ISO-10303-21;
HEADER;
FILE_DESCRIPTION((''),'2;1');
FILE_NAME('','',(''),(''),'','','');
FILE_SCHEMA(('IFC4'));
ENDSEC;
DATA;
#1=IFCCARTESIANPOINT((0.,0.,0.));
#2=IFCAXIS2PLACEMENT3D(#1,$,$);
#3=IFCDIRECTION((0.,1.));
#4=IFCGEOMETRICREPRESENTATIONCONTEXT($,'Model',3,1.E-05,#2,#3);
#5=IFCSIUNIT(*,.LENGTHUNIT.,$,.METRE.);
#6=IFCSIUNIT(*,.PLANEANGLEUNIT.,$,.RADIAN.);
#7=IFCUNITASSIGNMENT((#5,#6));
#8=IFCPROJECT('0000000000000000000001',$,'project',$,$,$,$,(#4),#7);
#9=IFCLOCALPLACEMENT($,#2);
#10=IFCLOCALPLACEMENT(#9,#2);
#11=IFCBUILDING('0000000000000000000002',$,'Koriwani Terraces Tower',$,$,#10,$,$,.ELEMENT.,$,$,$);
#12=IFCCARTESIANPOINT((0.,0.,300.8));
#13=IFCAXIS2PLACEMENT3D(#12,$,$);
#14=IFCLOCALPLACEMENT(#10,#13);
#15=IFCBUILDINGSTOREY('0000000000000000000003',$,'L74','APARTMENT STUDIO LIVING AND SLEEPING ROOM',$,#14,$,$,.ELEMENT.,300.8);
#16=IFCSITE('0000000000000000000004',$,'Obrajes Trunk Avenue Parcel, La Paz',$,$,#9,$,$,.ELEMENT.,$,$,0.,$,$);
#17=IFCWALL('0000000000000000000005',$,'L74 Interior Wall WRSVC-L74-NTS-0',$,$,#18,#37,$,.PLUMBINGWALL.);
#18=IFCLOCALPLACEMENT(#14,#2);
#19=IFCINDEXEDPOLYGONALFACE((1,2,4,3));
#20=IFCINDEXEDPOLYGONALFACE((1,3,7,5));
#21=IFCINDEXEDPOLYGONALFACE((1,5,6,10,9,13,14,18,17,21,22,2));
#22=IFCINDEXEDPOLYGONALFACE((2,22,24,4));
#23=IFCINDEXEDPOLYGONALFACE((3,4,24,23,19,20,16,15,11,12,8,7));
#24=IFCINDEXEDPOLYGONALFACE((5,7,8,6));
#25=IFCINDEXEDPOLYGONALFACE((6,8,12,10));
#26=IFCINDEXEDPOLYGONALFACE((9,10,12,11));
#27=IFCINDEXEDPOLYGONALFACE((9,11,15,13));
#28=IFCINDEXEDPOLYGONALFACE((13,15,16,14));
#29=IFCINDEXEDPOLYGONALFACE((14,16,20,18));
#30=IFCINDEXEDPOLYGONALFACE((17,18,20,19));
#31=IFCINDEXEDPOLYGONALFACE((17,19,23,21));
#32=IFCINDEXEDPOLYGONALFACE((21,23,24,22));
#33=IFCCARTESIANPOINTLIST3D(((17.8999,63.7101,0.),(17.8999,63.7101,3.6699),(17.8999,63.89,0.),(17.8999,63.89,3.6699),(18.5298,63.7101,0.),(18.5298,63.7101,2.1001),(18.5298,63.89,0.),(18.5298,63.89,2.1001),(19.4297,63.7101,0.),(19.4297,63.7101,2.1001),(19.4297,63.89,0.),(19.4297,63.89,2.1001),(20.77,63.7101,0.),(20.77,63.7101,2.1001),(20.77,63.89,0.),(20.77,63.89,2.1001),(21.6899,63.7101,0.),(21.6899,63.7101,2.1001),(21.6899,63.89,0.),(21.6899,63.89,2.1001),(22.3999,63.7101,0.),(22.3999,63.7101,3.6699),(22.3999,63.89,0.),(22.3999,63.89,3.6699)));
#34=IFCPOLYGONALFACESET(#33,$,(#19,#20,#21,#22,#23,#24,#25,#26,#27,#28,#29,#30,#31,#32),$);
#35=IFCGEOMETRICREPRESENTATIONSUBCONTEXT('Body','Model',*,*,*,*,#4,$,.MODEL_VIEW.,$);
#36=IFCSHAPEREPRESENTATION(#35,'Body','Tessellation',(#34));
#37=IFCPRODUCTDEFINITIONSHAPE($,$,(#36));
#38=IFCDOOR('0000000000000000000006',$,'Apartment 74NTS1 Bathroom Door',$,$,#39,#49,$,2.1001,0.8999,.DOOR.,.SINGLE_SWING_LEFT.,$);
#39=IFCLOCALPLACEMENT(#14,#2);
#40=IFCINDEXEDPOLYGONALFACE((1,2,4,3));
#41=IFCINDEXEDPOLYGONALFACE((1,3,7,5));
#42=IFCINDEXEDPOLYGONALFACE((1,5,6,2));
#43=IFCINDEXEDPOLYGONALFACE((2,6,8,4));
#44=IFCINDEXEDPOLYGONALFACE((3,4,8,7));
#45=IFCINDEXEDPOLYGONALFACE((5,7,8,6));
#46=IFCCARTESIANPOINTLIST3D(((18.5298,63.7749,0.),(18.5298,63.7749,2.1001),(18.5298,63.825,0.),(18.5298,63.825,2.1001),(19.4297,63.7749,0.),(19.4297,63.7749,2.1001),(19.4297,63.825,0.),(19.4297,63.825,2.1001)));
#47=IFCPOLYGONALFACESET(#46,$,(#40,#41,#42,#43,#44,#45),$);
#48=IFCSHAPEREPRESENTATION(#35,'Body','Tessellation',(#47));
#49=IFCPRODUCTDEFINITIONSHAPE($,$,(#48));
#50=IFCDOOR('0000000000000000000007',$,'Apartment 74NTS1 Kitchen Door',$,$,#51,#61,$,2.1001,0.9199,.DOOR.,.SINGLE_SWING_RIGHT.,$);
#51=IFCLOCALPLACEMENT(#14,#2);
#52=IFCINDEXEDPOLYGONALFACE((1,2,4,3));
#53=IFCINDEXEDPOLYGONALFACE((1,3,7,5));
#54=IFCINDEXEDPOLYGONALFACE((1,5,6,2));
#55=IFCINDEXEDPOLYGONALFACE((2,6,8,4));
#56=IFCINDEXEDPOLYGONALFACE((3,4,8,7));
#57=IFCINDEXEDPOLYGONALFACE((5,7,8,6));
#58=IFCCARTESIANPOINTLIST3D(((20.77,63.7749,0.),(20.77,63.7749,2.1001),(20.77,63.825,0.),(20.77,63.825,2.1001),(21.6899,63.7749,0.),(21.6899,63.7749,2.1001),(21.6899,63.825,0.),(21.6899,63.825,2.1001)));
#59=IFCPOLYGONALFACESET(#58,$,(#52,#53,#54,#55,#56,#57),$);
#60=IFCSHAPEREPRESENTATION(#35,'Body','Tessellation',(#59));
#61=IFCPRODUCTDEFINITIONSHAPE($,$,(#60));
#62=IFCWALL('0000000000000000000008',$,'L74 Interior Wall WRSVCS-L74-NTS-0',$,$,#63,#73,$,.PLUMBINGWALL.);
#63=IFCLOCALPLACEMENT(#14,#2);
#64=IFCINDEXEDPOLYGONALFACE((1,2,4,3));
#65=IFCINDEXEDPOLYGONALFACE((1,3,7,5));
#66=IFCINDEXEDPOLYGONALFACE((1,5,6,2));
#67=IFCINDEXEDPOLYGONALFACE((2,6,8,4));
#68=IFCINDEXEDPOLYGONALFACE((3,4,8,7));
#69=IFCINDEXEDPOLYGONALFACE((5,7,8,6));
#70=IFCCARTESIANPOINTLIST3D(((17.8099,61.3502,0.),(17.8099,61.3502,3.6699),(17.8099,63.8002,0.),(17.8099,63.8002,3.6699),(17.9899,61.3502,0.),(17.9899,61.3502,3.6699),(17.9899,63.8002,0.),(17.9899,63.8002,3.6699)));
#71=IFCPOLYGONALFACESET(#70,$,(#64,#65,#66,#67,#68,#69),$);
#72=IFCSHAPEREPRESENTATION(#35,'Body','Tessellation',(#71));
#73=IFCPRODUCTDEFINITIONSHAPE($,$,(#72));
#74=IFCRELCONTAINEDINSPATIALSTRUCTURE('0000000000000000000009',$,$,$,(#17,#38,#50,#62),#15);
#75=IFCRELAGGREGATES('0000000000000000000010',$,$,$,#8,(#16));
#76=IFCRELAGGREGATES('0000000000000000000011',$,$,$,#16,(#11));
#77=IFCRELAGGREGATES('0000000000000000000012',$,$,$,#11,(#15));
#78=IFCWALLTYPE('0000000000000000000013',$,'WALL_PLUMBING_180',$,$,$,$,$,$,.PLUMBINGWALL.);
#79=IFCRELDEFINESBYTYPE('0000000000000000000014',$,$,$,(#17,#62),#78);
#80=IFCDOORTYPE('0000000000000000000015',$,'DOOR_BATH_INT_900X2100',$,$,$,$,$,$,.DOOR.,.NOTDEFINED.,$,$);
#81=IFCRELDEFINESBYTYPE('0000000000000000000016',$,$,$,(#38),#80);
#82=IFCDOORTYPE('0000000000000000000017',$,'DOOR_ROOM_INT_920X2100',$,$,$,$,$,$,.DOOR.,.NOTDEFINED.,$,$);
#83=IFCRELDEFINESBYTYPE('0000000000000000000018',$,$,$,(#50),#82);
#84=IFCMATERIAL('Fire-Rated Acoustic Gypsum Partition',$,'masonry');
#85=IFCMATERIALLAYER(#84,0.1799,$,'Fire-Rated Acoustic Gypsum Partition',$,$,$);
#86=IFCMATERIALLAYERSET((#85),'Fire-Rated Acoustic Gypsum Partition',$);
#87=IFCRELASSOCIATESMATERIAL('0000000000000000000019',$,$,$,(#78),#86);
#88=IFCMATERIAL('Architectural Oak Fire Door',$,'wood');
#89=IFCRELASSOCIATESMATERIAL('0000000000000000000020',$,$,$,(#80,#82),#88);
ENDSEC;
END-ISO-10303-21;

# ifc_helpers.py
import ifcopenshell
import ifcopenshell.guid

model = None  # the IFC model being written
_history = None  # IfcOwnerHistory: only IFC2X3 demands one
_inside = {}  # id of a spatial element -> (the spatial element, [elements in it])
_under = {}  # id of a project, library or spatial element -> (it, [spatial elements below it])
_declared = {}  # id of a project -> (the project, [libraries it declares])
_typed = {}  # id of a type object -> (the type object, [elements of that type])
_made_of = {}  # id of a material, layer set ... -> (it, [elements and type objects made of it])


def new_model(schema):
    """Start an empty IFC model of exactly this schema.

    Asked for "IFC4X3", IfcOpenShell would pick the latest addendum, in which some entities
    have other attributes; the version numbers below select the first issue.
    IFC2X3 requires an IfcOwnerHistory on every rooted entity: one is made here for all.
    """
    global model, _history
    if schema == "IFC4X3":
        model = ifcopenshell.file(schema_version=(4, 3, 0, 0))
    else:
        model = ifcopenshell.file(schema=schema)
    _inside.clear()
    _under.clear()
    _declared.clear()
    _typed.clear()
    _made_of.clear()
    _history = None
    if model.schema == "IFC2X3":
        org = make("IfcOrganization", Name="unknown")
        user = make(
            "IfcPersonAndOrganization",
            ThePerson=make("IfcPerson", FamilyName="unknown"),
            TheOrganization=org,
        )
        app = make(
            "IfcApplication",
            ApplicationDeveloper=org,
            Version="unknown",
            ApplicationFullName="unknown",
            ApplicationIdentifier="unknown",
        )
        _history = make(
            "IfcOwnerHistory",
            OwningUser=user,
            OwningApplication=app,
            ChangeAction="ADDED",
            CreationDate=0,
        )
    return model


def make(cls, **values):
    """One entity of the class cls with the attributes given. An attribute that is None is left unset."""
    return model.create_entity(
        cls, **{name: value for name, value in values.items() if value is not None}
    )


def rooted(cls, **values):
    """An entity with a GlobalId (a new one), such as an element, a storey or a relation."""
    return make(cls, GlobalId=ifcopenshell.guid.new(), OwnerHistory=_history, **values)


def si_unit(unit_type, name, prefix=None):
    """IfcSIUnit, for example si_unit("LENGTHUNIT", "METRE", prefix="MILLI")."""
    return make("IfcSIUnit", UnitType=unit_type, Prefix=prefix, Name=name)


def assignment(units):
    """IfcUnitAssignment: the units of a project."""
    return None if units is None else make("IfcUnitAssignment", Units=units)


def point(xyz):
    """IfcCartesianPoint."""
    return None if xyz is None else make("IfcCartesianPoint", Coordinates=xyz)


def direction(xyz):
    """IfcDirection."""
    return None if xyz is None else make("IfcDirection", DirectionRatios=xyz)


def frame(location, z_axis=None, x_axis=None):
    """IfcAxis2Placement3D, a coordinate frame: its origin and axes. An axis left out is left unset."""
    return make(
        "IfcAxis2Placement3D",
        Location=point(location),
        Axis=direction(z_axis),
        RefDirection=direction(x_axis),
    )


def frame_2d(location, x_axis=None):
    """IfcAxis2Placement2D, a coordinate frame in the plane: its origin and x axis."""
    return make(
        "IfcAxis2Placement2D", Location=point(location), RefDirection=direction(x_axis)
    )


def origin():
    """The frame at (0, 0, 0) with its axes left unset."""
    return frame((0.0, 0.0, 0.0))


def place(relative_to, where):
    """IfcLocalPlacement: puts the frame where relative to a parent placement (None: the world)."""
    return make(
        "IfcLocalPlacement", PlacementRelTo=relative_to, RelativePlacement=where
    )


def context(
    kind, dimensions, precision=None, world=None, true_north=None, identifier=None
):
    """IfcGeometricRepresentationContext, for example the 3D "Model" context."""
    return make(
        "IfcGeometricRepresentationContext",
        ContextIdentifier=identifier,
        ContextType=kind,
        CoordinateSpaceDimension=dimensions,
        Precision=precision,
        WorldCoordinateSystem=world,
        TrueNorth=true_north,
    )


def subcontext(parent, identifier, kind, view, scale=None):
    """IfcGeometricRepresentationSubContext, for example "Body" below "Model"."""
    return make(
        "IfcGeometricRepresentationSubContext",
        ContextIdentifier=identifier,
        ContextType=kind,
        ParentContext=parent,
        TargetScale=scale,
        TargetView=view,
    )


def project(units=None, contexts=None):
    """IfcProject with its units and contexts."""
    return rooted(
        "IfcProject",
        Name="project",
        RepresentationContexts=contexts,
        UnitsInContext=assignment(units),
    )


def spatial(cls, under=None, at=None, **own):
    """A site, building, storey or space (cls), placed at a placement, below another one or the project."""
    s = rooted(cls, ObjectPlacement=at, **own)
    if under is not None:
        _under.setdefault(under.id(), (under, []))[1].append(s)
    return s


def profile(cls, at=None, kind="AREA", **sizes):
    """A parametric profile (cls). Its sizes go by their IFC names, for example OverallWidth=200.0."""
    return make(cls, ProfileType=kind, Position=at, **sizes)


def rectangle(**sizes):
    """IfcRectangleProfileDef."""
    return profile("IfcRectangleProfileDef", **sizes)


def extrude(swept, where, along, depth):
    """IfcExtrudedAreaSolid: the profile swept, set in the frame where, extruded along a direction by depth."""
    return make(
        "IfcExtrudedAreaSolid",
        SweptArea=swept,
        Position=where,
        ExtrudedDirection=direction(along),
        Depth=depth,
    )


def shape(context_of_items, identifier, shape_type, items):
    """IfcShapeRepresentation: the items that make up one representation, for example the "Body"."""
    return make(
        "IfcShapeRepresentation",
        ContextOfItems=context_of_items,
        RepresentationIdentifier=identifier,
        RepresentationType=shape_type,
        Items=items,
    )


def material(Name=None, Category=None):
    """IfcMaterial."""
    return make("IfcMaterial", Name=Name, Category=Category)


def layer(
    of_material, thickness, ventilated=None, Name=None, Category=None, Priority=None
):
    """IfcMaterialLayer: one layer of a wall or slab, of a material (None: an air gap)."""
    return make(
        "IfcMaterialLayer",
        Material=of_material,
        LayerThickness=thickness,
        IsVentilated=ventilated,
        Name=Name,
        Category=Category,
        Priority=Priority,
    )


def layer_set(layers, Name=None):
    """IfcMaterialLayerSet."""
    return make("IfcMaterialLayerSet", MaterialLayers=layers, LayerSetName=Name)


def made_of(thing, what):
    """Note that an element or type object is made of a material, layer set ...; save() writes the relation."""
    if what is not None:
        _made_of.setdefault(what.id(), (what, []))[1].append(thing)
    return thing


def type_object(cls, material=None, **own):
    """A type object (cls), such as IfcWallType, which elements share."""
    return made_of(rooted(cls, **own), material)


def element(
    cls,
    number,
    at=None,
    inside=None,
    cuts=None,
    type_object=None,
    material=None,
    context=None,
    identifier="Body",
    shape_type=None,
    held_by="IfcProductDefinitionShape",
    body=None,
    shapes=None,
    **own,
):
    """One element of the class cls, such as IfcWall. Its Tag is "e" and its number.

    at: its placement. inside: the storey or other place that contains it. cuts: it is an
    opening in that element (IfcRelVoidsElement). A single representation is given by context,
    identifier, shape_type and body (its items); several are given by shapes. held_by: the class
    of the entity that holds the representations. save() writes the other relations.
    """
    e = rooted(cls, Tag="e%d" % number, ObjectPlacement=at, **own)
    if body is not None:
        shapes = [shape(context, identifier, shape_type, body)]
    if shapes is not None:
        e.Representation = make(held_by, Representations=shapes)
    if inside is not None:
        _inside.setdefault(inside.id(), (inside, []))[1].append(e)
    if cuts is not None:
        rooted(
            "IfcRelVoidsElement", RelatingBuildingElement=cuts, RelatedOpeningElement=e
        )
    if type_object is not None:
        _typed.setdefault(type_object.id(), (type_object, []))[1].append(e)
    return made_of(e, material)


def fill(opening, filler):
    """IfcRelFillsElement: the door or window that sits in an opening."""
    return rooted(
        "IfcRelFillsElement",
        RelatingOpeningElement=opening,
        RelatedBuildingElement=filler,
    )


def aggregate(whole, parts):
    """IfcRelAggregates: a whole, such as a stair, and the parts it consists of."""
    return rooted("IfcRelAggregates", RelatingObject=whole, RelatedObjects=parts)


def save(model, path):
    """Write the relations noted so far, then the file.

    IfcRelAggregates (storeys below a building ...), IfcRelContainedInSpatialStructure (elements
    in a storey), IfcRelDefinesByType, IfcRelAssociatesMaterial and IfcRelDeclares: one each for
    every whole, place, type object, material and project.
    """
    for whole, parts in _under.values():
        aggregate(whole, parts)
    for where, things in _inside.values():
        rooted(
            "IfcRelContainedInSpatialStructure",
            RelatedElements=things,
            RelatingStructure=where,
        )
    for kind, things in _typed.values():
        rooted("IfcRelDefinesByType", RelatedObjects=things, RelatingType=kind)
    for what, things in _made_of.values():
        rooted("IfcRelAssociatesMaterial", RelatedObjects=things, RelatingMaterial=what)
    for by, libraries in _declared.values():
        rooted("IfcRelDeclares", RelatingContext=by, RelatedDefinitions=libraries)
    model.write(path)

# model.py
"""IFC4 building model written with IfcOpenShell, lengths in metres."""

from ifc_helpers import new_model, si_unit, direction, frame, frame_2d, origin, place, context, subcontext, project, spatial, rectangle, extrude, material, layer, layer_set, type_object, element, fill, save


model = new_model("IFC4")

# Units and contexts
model_context = context("Model", 3, precision=1e-05, world=origin(), true_north=direction((0.0, 1.0)))
body_context = subcontext(model_context, "Body", "Model", "MODEL_VIEW")
ifc_project = project(units=[si_unit("LENGTHUNIT", "METRE"), si_unit("PLANEANGLEUNIT", "RADIAN")], contexts=[model_context])

# Site, building, storey
site_placement = place(None, origin())
site = spatial("IfcSite", under=ifc_project, at=site_placement, Name="Obrajes Trunk Avenue Parcel, La Paz", CompositionType="ELEMENT", RefElevation=0.0)
building_placement = place(site_placement, origin())
building = spatial("IfcBuilding", under=site, at=building_placement, Name="Koriwani Terraces Tower", CompositionType="ELEMENT")
storey_placement = place(building_placement, frame((0.0, 0.0, 300.8)))
storey = spatial("IfcBuildingStorey", under=building, at=storey_placement, Name="L74", Description="APARTMENT STUDIO LIVING AND SLEEPING ROOM", CompositionType="ELEMENT", Elevation=300.8)

# Shared definitions
ifc_material_1 = material(Name="Architectural Oak Fire Door", Category="wood")

# Wall, openings, doors
ifc_material_2 = material(Name="Fire-Rated Acoustic Gypsum Partition", Category="masonry")
ifc_layer_1 = layer(ifc_material_2, 0.1799, Name="Fire-Rated Acoustic Gypsum Partition")
ifc_layer_set_1 = layer_set([ifc_layer_1], Name="Fire-Rated Acoustic Gypsum Partition")
wall_type_1 = type_object("IfcWallType", Name="WALL_PLUMBING_180", PredefinedType="PLUMBINGWALL", material=ifc_layer_set_1)
wall_1_placement = place(storey_placement, frame((17.8999, 63.8, 0.0), z_axis=(0.0, 0.0, 1.0), x_axis=(1.0, 0.0, 0.0)))
wall_1 = element("IfcWall", 1, at=wall_1_placement, inside=storey, type_object=wall_type_1, Name="L74 Interior Wall WRSVC-L74-NTS-0", PredefinedType="PLUMBINGWALL", context=body_context, shape_type="SweptSolid", body=[
    extrude(rectangle(XDim=4.5, YDim=0.1799, at=frame_2d((2.25, 0.0))), origin(), (0.0, 0.0, 1.0), 3.6699),
])
opening_1_placement = place(wall_1_placement, frame((0.6299, 0.0, 0.0)))
opening_1 = element("IfcOpeningElement", 2, at=opening_1_placement, cuts=wall_1, PredefinedType="OPENING", context=body_context, shape_type="SweptSolid", body=[
    extrude(rectangle(XDim=0.8999, YDim=2.1001, at=frame_2d((0.45, 1.05))), frame((0.0, 0.1001, 0.0), z_axis=(0.0, -1.0, 0.0), x_axis=(1.0, 0.0, 0.0)), (0.0, 0.0, 1.0), 0.2),
])
opening_2_placement = place(wall_1_placement, frame((2.8701, 0.0, 0.0)))
opening_2 = element("IfcOpeningElement", 3, at=opening_2_placement, cuts=wall_1, PredefinedType="OPENING", context=body_context, shape_type="SweptSolid", body=[
    extrude(rectangle(XDim=0.9199, YDim=2.1001, at=frame_2d((0.46, 1.05))), frame((0.0, 0.1001, 0.0), z_axis=(0.0, -1.0, 0.0), x_axis=(1.0, 0.0, 0.0)), (0.0, 0.0, 1.0), 0.2),
])
door_type_1 = type_object("IfcDoorType", Name="DOOR_BATH_INT_900X2100", OperationType="NOTDEFINED", PredefinedType="DOOR", material=ifc_material_1)
door_1_placement = place(opening_1_placement, origin())
door_1 = element("IfcDoor", 4, at=door_1_placement, inside=storey, type_object=door_type_1, Name="Apartment 74NTS1 Bathroom Door", OperationType="SINGLE_SWING_LEFT", OverallHeight=2.1001, OverallWidth=0.8999, PredefinedType="DOOR", context=body_context, shape_type="SweptSolid", body=[
    extrude(rectangle(XDim=0.8999, YDim=2.1001, at=frame_2d((0.45, 1.05))), frame((0.0, 0.0249, 0.0), z_axis=(0.0, -1.0, 0.0), x_axis=(1.0, 0.0, 0.0)), (0.0, 0.0, 1.0), 0.05),
])
fill(opening_1, door_1)
door_type_2 = type_object("IfcDoorType", Name="DOOR_ROOM_INT_920X2100", OperationType="NOTDEFINED", PredefinedType="DOOR", material=ifc_material_1)
door_2_placement = place(opening_2_placement, origin())
door_2 = element("IfcDoor", 5, at=door_2_placement, inside=storey, type_object=door_type_2, Name="Apartment 74NTS1 Kitchen Door", OperationType="SINGLE_SWING_RIGHT", OverallHeight=2.1001, OverallWidth=0.9199, PredefinedType="DOOR", context=body_context, shape_type="SweptSolid", body=[
    extrude(rectangle(XDim=0.9199, YDim=2.1001, at=frame_2d((0.46, 1.05))), frame((0.0, 0.0249, 0.0), z_axis=(0.0, -1.0, 0.0), x_axis=(1.0, 0.0, 0.0)), (0.0, 0.0, 1.0), 0.05),
])
fill(opening_2, door_2)

# Wall
wall_2_placement = place(storey_placement, frame((17.8999, 61.3501, 0.0), z_axis=(0.0, 0.0, 1.0), x_axis=(0.0, 1.0, 0.0)))
element("IfcWall", 6, at=wall_2_placement, inside=storey, type_object=wall_type_1, Name="L74 Interior Wall WRSVCS-L74-NTS-0", PredefinedType="PLUMBINGWALL", context=body_context, shape_type="SweptSolid", body=[
    extrude(rectangle(XDim=2.45, YDim=0.1799, at=frame_2d((1.2251, 0.0))), origin(), (0.0, 0.0, 1.0), 3.6699),
])

save(model, "model.ifc")
